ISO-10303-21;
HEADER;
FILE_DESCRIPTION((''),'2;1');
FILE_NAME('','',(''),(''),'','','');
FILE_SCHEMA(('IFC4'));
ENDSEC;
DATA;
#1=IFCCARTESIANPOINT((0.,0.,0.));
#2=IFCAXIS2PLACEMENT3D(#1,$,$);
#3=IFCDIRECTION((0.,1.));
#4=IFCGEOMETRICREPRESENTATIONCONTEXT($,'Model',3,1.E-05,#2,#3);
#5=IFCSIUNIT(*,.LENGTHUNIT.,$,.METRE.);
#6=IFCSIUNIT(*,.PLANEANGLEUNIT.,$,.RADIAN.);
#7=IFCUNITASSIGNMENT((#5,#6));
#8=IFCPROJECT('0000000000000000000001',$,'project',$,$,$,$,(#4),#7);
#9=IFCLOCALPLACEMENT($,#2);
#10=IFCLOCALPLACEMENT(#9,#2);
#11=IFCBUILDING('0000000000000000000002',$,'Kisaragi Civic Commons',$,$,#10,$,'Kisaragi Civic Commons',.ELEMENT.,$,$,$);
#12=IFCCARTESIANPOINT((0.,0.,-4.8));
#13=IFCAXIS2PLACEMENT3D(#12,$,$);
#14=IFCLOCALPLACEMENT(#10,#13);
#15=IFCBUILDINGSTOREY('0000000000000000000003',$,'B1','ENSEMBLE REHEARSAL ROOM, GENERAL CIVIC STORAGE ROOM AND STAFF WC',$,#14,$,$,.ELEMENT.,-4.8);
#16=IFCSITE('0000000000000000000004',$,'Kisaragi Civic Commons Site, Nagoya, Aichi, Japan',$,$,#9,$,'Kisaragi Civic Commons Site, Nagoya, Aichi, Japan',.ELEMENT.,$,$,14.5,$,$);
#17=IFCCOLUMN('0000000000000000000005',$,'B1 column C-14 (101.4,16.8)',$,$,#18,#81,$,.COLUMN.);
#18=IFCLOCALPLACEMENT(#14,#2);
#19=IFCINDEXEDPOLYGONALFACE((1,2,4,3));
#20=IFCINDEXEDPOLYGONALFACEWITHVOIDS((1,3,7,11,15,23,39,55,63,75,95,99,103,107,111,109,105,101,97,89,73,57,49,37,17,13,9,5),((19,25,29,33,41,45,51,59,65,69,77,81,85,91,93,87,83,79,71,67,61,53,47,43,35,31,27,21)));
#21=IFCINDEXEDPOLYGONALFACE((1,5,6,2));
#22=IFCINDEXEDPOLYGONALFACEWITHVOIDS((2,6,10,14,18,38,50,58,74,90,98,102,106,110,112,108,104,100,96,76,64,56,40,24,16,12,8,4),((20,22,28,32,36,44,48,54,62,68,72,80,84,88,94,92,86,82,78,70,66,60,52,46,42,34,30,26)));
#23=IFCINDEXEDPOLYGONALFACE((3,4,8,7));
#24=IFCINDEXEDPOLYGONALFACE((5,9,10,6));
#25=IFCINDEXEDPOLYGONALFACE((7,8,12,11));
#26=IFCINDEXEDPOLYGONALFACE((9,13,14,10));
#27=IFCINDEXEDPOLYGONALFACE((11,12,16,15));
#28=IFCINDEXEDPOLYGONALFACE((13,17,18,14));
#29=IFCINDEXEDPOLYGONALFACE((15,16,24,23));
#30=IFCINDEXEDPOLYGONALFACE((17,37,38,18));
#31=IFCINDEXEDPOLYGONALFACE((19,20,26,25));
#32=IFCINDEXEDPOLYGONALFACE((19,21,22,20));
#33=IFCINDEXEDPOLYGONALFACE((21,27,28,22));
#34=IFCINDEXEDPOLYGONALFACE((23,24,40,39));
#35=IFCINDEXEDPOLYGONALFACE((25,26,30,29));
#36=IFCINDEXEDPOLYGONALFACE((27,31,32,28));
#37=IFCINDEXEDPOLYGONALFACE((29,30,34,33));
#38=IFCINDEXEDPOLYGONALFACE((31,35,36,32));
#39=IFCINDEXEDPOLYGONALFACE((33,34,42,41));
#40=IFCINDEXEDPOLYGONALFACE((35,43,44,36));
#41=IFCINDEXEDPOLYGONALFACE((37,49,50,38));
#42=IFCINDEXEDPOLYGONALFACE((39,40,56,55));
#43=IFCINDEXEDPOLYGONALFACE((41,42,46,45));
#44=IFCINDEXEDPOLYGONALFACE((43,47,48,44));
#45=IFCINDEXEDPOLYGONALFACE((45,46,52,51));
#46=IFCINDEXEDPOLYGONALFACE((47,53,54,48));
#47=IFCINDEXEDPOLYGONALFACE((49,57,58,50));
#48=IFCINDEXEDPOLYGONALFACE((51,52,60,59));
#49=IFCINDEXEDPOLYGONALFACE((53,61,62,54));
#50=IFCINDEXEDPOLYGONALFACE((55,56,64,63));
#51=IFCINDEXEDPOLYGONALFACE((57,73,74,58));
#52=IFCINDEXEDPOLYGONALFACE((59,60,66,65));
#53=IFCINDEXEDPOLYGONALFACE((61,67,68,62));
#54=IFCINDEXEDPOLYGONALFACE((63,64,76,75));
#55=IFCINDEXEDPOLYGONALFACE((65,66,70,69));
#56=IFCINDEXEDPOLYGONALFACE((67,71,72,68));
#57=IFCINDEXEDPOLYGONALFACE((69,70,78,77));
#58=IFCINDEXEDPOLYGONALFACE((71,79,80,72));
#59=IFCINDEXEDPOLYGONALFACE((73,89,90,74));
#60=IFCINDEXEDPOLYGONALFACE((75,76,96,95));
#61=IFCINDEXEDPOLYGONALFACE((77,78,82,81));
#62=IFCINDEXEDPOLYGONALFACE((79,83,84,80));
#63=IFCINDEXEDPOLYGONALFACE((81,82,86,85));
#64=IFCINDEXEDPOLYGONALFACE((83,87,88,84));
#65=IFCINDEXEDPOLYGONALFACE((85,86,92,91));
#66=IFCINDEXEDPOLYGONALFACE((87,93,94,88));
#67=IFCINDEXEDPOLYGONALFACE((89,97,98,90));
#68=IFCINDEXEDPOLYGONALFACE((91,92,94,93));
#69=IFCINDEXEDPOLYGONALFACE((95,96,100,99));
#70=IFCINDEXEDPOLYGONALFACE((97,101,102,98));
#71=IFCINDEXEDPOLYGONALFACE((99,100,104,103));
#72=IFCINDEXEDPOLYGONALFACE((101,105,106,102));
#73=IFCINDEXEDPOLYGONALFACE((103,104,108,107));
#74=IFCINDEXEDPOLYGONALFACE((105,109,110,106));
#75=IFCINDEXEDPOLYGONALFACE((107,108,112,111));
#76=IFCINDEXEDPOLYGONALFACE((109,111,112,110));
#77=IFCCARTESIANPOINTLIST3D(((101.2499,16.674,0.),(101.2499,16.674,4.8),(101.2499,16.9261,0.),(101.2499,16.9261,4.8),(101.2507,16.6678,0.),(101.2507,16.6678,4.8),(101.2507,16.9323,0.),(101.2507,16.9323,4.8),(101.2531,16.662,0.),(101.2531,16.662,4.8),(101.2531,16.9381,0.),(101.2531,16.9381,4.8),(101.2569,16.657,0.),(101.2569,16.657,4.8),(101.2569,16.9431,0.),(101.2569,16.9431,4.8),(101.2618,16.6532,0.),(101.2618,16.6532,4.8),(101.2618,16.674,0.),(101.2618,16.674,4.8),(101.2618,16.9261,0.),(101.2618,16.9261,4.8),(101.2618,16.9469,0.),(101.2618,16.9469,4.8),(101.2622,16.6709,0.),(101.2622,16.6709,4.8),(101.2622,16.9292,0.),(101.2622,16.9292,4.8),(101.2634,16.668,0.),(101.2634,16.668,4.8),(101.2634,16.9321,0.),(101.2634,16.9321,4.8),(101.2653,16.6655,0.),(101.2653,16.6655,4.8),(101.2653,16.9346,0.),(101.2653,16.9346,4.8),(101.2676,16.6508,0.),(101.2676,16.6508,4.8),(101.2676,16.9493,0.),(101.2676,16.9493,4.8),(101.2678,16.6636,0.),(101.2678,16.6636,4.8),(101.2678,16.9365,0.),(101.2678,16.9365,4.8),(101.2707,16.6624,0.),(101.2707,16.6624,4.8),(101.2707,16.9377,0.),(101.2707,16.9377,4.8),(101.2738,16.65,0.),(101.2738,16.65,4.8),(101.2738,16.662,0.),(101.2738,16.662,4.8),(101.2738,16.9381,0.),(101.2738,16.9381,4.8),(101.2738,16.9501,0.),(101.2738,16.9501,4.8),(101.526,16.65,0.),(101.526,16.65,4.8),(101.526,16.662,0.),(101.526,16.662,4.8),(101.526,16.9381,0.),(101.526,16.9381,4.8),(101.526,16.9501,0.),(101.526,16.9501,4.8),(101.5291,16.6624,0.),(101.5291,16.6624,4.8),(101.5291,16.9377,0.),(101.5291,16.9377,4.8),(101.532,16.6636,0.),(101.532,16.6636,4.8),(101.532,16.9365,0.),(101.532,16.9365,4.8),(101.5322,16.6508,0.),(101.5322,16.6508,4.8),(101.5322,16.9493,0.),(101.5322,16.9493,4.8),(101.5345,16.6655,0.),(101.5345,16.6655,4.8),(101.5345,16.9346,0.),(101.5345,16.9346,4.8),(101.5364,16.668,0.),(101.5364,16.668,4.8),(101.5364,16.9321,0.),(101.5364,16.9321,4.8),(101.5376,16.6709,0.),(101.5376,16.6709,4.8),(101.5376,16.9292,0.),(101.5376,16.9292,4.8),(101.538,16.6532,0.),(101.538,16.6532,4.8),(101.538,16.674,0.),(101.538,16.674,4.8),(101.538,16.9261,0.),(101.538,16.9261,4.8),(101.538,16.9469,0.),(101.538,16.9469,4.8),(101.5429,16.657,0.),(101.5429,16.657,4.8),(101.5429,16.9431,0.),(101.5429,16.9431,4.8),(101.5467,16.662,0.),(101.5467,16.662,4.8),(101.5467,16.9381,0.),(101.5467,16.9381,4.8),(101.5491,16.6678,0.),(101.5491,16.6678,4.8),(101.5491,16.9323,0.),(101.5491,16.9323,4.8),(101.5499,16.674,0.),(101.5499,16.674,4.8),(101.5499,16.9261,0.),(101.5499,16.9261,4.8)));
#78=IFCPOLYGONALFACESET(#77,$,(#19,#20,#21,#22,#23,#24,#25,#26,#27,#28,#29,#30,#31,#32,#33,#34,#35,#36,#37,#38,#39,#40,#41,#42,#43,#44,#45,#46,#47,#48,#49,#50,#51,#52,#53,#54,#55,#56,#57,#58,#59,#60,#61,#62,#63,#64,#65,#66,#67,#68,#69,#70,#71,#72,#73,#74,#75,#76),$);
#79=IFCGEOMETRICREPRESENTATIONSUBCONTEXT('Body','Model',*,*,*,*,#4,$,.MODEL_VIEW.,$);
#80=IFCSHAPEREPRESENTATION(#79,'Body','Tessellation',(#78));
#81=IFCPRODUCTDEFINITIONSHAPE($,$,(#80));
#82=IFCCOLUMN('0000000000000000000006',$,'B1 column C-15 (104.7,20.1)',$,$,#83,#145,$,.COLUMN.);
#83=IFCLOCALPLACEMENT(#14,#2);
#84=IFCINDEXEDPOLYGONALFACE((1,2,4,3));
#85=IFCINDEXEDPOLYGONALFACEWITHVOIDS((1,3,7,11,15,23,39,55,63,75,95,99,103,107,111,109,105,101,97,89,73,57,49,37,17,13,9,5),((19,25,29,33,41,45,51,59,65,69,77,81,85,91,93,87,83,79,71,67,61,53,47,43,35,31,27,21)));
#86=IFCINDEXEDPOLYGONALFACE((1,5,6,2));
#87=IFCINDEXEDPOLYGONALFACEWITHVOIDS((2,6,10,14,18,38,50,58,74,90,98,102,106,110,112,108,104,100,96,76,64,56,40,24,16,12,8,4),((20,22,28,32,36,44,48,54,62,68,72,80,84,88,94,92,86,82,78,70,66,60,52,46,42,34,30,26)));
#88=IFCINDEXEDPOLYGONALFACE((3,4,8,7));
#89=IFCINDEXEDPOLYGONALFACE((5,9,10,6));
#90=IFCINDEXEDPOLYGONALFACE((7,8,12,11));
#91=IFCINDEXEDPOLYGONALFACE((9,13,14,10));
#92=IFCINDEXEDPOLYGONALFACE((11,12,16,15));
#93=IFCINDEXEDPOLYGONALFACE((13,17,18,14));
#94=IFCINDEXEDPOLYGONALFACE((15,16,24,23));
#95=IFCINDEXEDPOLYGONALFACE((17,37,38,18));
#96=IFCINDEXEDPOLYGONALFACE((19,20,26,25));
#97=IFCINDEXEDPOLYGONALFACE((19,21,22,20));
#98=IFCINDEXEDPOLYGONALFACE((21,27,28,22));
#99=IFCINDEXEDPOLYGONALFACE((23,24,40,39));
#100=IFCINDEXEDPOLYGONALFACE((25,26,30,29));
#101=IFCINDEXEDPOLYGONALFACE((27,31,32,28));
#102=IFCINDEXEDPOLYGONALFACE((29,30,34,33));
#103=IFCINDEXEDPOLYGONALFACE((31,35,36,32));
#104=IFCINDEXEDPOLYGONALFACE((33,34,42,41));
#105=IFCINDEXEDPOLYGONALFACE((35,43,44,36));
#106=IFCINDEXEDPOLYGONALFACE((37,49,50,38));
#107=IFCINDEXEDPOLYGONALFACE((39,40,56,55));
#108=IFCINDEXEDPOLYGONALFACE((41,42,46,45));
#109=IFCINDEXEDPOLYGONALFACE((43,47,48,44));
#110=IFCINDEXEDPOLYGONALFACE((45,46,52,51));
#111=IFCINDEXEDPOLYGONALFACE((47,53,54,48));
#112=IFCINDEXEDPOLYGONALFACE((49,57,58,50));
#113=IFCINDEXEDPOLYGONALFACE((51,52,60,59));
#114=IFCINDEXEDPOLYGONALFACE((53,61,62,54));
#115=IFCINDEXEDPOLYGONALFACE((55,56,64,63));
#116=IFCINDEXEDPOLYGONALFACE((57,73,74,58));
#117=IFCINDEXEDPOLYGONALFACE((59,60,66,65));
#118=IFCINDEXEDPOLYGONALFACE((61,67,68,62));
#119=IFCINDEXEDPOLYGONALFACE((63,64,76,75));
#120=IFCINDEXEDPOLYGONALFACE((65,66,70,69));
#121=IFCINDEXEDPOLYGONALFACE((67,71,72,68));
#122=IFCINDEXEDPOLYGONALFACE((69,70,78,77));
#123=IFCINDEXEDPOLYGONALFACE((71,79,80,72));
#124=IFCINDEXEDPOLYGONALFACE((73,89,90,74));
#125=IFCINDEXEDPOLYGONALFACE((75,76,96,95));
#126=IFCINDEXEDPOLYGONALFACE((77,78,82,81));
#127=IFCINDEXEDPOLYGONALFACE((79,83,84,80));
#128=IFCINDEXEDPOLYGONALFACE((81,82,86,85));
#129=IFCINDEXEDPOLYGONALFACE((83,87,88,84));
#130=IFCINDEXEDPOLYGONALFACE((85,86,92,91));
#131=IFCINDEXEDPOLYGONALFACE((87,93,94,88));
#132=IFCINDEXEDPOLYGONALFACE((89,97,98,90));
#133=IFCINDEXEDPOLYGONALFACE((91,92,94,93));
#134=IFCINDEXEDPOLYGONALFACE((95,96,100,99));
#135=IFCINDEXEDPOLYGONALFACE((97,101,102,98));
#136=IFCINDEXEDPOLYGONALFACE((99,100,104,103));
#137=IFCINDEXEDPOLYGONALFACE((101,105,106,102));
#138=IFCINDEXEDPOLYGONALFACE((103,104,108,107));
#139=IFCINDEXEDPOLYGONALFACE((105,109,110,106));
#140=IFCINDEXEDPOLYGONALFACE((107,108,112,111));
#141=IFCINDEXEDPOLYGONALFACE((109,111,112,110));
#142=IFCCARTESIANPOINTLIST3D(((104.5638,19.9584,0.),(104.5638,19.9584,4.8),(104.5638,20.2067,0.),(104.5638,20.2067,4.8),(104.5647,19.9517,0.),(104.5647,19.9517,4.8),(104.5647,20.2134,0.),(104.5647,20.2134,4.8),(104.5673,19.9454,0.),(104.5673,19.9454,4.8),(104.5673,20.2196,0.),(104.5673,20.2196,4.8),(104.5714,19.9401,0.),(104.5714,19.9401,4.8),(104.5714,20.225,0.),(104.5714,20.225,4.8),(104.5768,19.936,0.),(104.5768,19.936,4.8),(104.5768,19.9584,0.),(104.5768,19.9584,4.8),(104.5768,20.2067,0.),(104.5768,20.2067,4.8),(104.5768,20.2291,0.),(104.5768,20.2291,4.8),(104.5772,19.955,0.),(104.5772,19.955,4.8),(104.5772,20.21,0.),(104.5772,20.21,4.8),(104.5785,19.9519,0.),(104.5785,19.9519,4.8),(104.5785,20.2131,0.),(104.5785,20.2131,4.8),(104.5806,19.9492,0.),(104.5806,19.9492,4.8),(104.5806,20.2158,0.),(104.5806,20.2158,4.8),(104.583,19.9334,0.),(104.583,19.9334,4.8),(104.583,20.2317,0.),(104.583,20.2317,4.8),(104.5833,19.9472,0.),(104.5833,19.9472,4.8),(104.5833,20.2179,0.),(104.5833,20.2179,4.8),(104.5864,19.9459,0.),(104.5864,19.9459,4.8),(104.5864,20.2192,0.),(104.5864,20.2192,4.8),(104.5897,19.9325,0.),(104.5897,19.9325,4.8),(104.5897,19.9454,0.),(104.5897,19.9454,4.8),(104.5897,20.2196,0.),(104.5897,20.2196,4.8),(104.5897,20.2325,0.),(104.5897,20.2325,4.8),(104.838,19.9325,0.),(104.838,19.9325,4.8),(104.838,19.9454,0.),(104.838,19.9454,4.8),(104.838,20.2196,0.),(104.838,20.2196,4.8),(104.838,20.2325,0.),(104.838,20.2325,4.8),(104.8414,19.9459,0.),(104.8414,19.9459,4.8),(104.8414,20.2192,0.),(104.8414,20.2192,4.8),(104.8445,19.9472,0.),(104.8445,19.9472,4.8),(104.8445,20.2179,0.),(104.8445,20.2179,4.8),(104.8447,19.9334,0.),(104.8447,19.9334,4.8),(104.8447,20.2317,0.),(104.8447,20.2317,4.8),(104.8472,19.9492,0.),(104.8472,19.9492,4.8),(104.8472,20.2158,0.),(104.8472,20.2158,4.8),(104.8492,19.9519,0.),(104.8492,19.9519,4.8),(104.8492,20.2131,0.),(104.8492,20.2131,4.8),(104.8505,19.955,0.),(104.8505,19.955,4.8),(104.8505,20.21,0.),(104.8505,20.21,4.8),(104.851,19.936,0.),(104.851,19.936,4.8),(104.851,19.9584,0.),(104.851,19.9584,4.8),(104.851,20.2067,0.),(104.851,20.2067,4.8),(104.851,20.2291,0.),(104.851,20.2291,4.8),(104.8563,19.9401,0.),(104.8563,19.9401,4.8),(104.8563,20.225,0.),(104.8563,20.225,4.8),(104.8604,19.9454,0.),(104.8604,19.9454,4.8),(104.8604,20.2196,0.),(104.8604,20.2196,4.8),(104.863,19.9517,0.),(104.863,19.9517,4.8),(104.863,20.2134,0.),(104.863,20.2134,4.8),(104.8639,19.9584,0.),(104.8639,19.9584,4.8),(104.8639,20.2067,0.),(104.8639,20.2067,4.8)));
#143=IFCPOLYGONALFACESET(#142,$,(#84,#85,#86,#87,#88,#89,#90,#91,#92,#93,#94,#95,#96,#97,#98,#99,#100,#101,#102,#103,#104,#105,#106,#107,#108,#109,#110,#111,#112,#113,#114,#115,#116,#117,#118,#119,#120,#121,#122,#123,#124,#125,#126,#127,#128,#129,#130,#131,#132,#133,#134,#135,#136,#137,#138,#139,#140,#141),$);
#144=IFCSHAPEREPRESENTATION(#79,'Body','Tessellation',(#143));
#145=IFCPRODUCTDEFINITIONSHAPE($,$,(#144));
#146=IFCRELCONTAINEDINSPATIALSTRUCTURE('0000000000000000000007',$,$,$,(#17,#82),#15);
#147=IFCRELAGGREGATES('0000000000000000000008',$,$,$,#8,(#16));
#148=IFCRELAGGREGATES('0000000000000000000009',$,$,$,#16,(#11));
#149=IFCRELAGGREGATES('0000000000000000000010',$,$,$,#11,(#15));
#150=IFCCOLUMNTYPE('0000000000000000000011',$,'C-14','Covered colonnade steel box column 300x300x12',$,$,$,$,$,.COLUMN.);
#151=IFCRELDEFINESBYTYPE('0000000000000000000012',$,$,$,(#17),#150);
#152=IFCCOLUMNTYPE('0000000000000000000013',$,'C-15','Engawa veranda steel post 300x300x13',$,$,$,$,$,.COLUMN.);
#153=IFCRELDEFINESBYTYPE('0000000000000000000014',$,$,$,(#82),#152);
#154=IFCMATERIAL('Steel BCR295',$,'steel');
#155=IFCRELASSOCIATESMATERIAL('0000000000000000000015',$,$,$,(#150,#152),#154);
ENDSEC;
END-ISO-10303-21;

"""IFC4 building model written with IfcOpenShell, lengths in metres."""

from ifc_helpers import new_model, si_unit, direction, frame, origin, origin_2d, place, context, subcontext, project, spatial, hollow_rectangle, extrude, material, material_profile, profile_set, type_object, element, save


model = new_model("IFC4")

# Units and contexts
model_context = context("Model", 3, precision=1e-05, world=origin(), true_north=direction((0.0, 1.0)))
body_context = subcontext(model_context, "Body", "Model", "MODEL_VIEW")
ifc_project = project(units=[si_unit("LENGTHUNIT", "METRE"), si_unit("PLANEANGLEUNIT", "RADIAN")], contexts=[model_context])

# Site, building, storey
site_placement = place(None, origin())
site = spatial("IfcSite", under=ifc_project, at=site_placement, Name="Kisaragi Civic Commons Site, Nagoya, Aichi, Japan", LongName="Kisaragi Civic Commons Site, Nagoya, Aichi, Japan", CompositionType="ELEMENT", RefElevation=14.5)
building_placement = place(site_placement, origin())
building = spatial("IfcBuilding", under=site, at=building_placement, Name="Kisaragi Civic Commons", LongName="Kisaragi Civic Commons", CompositionType="ELEMENT")
storey_placement = place(building_placement, frame((0.0, 0.0, -4.8)))
storey = spatial("IfcBuildingStorey", under=building, at=storey_placement, Name="B1", Description="ENSEMBLE REHEARSAL ROOM, GENERAL CIVIC STORAGE ROOM AND STAFF WC", CompositionType="ELEMENT", Elevation=-4.8)

# Columns
ifc_material_1 = material(Name="Steel BCR295", Category="steel")
ifc_material_profile_1 = material_profile(ifc_material_1, hollow_rectangle(XDim=0.3, YDim=0.3, WallThickness=0.012, InnerFilletRadius=0.012, OuterFilletRadius=0.0239, at=origin_2d()), Name="BCR-300x300x12", Category="steel")
ifc_profile_set_1 = profile_set([ifc_material_profile_1], Name="Steel BCR295")
column_type_1 = type_object("IfcColumnType", Name="C-14", Description="Covered colonnade steel box column 300x300x12", PredefinedType="COLUMN", material=ifc_profile_set_1)
for number, where, z_axis, x_axis, name in (
    (1, (101.3999, 16.8, 0.0), (0.0, 0.0, 1.0), (1.0, 0.0, 0.0), "B1 column C-14 (101.4,16.8)"),
):
    element("IfcColumn", number, at=place(storey_placement, frame(where, z_axis=z_axis, x_axis=x_axis)), inside=storey, type_object=column_type_1, Name=name, PredefinedType="COLUMN", context=body_context, shape_type="SweptSolid", body=[
        extrude(hollow_rectangle(XDim=0.3, YDim=0.3, WallThickness=0.012, InnerFilletRadius=0.012, OuterFilletRadius=0.0239, at=origin_2d()), origin(), (0.0, 0.0, 1.0), 4.8),
    ])
ifc_material_profile_2 = material_profile(ifc_material_1, hollow_rectangle(XDim=0.3, YDim=0.3, WallThickness=0.0129, InnerFilletRadius=0.0129, OuterFilletRadius=0.0259, at=origin_2d()), Name="BCR-300x300x13", Category="steel")
ifc_profile_set_2 = profile_set([ifc_material_profile_2], Name="Steel BCR295")
column_type_2 = type_object("IfcColumnType", Name="C-15", Description="Engawa veranda steel post 300x300x13", PredefinedType="COLUMN", material=ifc_profile_set_2)
column_1_placement = place(storey_placement, frame((104.7139, 20.0825, 0.0), z_axis=(0.0, 0.0, 1.0), x_axis=(1.0, 0.0, 0.0)))
element("IfcColumn", 2, at=column_1_placement, inside=storey, type_object=column_type_2, Name="B1 column C-15 (104.7,20.1)", PredefinedType="COLUMN", context=body_context, shape_type="SweptSolid", body=[
    extrude(hollow_rectangle(XDim=0.3, YDim=0.3, WallThickness=0.0129, InnerFilletRadius=0.0129, OuterFilletRadius=0.0259, at=origin_2d()), origin(), (0.0, 0.0, 1.0), 4.8),
])

save(model, "model.ifc")
